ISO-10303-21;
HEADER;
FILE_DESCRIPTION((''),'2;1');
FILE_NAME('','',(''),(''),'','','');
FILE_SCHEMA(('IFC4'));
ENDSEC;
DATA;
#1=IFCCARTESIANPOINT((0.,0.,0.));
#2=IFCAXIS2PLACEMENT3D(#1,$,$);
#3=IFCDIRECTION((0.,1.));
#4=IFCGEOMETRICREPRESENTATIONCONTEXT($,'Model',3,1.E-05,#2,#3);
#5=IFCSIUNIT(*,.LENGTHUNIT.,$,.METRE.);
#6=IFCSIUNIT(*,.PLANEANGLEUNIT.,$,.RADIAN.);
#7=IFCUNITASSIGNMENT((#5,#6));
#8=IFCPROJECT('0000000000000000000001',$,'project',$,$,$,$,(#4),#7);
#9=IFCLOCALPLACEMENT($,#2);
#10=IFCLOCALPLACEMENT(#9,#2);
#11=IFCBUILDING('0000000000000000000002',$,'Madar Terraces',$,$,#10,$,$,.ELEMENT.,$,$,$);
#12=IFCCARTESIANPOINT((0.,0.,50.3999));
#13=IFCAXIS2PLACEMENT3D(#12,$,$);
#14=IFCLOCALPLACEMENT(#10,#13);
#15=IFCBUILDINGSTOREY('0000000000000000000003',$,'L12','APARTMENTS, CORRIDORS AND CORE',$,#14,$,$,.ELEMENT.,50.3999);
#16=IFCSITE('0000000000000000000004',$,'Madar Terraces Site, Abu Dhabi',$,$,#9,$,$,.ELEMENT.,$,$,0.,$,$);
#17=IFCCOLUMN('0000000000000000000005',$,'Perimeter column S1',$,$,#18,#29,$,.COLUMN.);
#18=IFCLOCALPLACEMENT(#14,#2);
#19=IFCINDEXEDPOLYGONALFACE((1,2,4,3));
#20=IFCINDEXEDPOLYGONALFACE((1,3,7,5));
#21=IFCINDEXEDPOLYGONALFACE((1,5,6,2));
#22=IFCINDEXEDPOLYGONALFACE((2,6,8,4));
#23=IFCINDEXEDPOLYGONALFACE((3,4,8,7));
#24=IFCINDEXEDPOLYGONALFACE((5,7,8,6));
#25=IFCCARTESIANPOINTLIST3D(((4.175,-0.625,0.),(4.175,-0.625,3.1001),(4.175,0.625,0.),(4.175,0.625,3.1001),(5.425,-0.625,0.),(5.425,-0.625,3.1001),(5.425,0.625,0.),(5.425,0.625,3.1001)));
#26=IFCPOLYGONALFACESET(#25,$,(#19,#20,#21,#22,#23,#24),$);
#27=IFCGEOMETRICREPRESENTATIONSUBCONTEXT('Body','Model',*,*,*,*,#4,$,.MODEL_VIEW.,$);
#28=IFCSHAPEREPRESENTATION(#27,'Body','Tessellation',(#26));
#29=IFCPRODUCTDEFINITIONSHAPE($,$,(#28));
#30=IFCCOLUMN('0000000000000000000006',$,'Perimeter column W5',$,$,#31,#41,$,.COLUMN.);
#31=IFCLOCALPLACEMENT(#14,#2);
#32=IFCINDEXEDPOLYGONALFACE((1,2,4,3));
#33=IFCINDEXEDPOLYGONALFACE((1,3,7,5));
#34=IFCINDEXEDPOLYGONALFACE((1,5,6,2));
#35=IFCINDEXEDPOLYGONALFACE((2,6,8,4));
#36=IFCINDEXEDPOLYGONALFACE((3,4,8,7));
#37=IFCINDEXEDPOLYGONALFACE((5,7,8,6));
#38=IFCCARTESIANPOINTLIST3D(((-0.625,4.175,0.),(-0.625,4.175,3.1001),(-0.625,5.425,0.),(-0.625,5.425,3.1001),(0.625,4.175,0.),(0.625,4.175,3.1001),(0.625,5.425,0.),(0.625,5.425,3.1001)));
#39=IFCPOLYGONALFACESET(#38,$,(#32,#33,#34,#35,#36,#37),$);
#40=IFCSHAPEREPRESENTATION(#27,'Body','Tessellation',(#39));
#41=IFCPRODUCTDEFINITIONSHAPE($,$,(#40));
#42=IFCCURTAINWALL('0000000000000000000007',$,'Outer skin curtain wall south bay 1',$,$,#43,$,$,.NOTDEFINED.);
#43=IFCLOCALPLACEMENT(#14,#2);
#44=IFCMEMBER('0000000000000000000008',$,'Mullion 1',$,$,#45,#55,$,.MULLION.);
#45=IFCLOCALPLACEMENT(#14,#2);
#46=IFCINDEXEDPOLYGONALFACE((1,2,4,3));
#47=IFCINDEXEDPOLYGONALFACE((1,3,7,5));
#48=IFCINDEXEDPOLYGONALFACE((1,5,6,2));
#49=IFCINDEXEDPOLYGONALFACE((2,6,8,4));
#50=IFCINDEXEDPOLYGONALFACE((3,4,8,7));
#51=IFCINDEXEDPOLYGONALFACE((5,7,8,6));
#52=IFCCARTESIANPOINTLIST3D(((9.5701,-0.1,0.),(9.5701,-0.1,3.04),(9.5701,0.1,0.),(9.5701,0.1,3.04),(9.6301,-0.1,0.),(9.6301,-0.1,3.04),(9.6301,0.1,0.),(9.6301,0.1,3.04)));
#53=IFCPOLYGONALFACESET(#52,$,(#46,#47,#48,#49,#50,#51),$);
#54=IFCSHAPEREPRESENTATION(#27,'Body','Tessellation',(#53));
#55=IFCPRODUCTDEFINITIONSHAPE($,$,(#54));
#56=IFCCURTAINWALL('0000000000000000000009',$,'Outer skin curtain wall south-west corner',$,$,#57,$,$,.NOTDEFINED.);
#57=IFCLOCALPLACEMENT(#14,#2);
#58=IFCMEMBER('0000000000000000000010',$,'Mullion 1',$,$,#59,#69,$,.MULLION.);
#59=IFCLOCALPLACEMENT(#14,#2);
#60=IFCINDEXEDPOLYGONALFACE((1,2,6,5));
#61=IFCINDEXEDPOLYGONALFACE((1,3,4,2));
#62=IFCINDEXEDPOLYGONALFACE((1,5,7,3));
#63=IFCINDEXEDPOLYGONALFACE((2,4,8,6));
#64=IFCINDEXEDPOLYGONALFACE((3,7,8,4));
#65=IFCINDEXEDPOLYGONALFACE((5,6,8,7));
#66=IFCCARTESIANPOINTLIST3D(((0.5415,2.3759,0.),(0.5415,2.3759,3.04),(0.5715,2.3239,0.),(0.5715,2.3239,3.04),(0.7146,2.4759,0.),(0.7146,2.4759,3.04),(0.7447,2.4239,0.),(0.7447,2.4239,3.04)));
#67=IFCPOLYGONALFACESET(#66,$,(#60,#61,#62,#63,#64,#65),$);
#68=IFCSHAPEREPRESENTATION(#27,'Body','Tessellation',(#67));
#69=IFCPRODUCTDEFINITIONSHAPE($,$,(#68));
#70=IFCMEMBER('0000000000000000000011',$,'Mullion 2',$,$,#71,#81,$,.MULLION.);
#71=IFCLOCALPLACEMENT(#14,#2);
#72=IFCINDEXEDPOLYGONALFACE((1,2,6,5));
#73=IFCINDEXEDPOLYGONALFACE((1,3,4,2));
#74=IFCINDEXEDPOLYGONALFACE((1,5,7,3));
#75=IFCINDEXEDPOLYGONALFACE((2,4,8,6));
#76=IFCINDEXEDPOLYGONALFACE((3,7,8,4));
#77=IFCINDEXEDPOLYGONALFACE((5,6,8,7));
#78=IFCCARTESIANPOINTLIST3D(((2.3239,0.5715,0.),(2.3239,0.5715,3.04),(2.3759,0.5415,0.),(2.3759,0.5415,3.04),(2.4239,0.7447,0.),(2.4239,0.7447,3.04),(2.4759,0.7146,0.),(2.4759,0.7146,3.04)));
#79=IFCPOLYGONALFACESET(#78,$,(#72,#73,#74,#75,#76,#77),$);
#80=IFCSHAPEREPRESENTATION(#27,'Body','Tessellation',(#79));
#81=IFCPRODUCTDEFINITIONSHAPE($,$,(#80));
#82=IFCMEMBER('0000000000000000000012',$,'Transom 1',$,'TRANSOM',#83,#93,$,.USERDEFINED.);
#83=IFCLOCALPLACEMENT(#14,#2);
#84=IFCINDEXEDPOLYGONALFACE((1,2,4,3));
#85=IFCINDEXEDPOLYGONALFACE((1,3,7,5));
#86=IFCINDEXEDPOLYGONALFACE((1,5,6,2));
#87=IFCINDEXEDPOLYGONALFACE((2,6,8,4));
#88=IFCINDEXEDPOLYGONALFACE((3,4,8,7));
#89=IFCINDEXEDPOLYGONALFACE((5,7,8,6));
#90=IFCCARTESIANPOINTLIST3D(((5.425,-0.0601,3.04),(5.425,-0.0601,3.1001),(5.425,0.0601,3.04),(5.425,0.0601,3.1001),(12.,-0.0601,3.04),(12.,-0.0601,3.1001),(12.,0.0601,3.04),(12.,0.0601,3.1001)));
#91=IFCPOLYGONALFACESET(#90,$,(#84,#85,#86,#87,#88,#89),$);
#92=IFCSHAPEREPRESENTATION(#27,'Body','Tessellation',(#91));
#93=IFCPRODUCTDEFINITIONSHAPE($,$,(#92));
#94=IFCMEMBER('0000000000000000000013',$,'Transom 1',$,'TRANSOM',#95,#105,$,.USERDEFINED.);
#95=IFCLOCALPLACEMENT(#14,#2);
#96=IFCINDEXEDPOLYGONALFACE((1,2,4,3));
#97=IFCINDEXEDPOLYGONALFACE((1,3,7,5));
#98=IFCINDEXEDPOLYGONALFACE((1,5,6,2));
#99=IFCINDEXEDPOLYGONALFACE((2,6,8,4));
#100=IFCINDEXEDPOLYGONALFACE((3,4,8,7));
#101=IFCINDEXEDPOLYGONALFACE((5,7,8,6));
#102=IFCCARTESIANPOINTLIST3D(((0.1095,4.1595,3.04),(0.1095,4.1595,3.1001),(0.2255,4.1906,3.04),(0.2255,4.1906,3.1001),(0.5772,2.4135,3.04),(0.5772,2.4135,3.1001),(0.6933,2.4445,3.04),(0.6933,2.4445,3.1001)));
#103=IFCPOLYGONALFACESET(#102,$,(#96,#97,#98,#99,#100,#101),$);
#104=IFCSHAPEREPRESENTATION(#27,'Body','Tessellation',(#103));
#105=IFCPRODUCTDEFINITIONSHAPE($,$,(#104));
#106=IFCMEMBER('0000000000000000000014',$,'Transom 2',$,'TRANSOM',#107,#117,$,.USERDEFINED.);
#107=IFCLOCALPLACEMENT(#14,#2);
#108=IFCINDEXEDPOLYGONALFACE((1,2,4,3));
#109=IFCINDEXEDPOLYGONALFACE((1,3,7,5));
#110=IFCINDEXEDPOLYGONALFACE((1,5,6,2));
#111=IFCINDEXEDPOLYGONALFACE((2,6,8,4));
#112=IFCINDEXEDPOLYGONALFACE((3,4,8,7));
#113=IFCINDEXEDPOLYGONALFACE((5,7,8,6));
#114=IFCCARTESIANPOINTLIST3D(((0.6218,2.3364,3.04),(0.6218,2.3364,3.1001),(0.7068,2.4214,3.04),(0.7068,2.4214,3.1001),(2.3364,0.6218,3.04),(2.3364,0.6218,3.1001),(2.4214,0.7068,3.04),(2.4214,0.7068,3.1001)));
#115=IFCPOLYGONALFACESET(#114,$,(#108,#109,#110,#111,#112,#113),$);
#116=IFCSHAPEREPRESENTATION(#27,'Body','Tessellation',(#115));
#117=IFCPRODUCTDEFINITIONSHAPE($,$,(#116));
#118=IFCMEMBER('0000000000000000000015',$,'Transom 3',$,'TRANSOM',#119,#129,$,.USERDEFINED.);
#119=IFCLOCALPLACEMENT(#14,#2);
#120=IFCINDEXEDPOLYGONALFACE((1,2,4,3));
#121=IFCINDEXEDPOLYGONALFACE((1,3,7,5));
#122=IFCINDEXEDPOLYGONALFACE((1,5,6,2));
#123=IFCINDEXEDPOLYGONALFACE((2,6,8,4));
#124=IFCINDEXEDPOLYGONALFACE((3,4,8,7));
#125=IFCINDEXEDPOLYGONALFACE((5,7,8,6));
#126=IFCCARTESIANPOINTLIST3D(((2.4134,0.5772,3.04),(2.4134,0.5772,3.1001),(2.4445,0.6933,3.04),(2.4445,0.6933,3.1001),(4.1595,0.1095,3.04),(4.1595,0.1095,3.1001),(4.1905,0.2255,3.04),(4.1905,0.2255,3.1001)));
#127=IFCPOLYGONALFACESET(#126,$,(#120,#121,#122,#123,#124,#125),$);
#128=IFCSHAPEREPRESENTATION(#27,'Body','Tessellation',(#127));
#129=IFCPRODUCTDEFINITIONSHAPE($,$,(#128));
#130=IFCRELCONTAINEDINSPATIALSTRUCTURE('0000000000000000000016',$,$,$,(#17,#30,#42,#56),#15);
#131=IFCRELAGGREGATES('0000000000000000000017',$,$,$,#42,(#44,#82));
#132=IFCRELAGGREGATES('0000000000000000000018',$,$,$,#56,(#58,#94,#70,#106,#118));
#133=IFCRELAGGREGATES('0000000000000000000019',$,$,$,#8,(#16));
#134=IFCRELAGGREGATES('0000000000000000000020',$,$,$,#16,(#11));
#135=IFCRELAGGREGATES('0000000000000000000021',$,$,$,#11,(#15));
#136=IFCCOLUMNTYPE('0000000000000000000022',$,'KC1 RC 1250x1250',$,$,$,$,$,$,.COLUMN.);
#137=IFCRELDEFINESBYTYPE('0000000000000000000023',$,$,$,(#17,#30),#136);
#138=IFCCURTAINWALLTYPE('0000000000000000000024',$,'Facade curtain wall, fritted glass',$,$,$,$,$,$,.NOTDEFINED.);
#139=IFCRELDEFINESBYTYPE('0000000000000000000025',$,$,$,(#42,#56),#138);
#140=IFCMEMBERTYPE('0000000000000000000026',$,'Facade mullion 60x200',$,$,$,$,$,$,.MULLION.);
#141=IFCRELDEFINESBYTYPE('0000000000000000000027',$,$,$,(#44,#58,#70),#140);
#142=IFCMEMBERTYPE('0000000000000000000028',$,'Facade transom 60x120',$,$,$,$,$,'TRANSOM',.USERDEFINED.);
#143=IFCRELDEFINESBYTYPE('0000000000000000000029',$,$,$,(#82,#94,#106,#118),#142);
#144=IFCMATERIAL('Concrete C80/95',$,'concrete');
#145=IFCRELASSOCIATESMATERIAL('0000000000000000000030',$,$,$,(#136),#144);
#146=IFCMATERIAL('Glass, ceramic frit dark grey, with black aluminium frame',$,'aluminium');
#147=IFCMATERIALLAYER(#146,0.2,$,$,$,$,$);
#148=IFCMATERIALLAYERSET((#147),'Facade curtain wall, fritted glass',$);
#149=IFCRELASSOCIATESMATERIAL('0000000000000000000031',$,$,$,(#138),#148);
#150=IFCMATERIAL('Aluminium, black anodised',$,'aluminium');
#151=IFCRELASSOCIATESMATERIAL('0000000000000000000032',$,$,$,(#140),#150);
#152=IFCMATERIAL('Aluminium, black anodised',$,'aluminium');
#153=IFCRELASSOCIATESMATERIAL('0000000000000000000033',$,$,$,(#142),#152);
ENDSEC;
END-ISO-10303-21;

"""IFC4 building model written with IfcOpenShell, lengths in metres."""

from ifc_helpers import new_model, si_unit, direction, frame, origin, origin_2d, place, context, subcontext, project, spatial, rectangle, extrude, material, layer, layer_set, material_profile, profile_set, type_object, element, aggregate, save


model = new_model("IFC4")

# Units and contexts
model_context = context("Model", 3, precision=1e-05, world=origin(), true_north=direction((0.0, 1.0)))
body_context = subcontext(model_context, "Body", "Model", "MODEL_VIEW")
ifc_project = project(units=[si_unit("LENGTHUNIT", "METRE"), si_unit("PLANEANGLEUNIT", "RADIAN")], contexts=[model_context])

# Site, building, storey
site_placement = place(None, origin())
site = spatial("IfcSite", under=ifc_project, at=site_placement, Name="Madar Terraces Site, Abu Dhabi", CompositionType="ELEMENT", RefElevation=0.0)
building_placement = place(site_placement, origin())
building = spatial("IfcBuilding", under=site, at=building_placement, Name="Madar Terraces", CompositionType="ELEMENT")
storey_placement = place(building_placement, frame((0.0, 0.0, 50.3999)))
storey = spatial("IfcBuildingStorey", under=building, at=storey_placement, Name="L12", Description="APARTMENTS, CORRIDORS AND CORE", CompositionType="ELEMENT", Elevation=50.3999)

# Columns
ifc_material_1 = material(Name="Concrete C80/95", Category="concrete")
ifc_material_profile_1 = material_profile(ifc_material_1, rectangle(XDim=1.25, YDim=1.25, at=origin_2d()), Name="KC1 RC 1250x1250")
ifc_profile_set_1 = profile_set([ifc_material_profile_1], Name="Concrete C80/95")
column_type = type_object("IfcColumnType", Name="KC1 RC 1250x1250", PredefinedType="COLUMN", material=ifc_profile_set_1)
for number, where, z_axis, x_axis, name in (
    (1, (4.8, 0.0, 0.0), (0.0, 0.0, 1.0), (1.0, 0.0, 0.0), "Perimeter column S1"),
    (2, (0.0, 4.8, 0.0), (0.0, 0.0, 1.0), (1.0, 0.0, 0.0), "Perimeter column W5"),
):
    element("IfcColumn", number, at=place(storey_placement, frame(where, z_axis=z_axis, x_axis=x_axis)), inside=storey, type_object=column_type, Name=name, PredefinedType="COLUMN", context=body_context, shape_type="SweptSolid", body=[
        extrude(rectangle(XDim=1.25, YDim=1.25, at=origin_2d()), origin(), (0.0, 0.0, 1.0), 3.1001),
    ])

# Curtain wall, member
ifc_material_2 = material(Name="Glass, ceramic frit dark grey, with black aluminium frame", Category="aluminium")
ifc_layer_1 = layer(ifc_material_2, 0.2)
ifc_layer_set_1 = layer_set([ifc_layer_1], Name="Facade curtain wall, fritted glass")
curtain_wall_type = type_object("IfcCurtainWallType", Name="Facade curtain wall, fritted glass", PredefinedType="NOTDEFINED", material=ifc_layer_set_1)
curtain_wall_1_placement = place(storey_placement, origin())
curtain_wall_1 = element("IfcCurtainWall", 3, at=curtain_wall_1_placement, inside=storey, type_object=curtain_wall_type, Name="Outer skin curtain wall south bay 1", PredefinedType="NOTDEFINED")
ifc_material_3 = material(Name="Aluminium, black anodised", Category="aluminium")
ifc_material_profile_2 = material_profile(ifc_material_3, rectangle(XDim=0.2, YDim=0.0601, at=origin_2d()), Name="Facade mullion 60x200")
ifc_profile_set_2 = profile_set([ifc_material_profile_2], Name="Aluminium, black anodised")
member_type_1 = type_object("IfcMemberType", Name="Facade mullion 60x200", PredefinedType="MULLION", material=ifc_profile_set_2)
member_1_placement = place(storey_placement, frame((9.6001, 0.0, 0.0), z_axis=(0.0, 0.0, 1.0), x_axis=(0.0, 1.0, 0.0)))
member_1 = element("IfcMember", 4, at=member_1_placement, type_object=member_type_1, Name="Mullion 1", PredefinedType="MULLION", context=body_context, shape_type="SweptSolid", body=[
    extrude(rectangle(XDim=0.2, YDim=0.0601, at=origin_2d()), origin(), (0.0, 0.0, 1.0), 3.04),
])

# Curtain wall, members
curtain_wall_2_placement = place(storey_placement, origin())
curtain_wall_2 = element("IfcCurtainWall", 5, at=curtain_wall_2_placement, inside=storey, type_object=curtain_wall_type, Name="Outer skin curtain wall south-west corner", PredefinedType="NOTDEFINED")
member_2_placement = place(storey_placement, frame((0.6431, 2.3999, 0.0), z_axis=(0.0, 0.0, 1.0), x_axis=(0.866025, 0.5, 0.0)))
member_2 = element("IfcMember", 6, at=member_2_placement, type_object=member_type_1, Name="Mullion 1", PredefinedType="MULLION", context=body_context, shape_type="SweptSolid", body=[
    extrude(rectangle(XDim=0.2, YDim=0.0601, at=origin_2d()), origin(), (0.0, 0.0, 1.0), 3.04),
])
member_3_placement = place(storey_placement, frame((2.3999, 0.6431, 0.0), z_axis=(0.0, 0.0, 1.0), x_axis=(0.5, 0.866025, 0.0)))
member_3 = element("IfcMember", 7, at=member_3_placement, type_object=member_type_1, Name="Mullion 2", PredefinedType="MULLION", context=body_context, shape_type="SweptSolid", body=[
    extrude(rectangle(XDim=0.2, YDim=0.0601, at=origin_2d()), origin(), (0.0, 0.0, 1.0), 3.04),
])

# Members
ifc_material_4 = material(Name="Aluminium, black anodised", Category="aluminium")
ifc_material_profile_3 = material_profile(ifc_material_4, rectangle(XDim=0.1201, YDim=0.0601, at=origin_2d()), Name="Facade transom 60x120")
ifc_profile_set_3 = profile_set([ifc_material_profile_3], Name="Aluminium, black anodised")
member_type_2 = type_object("IfcMemberType", Name="Facade transom 60x120", ElementType="TRANSOM", PredefinedType="USERDEFINED", material=ifc_profile_set_3)
member_4_placement = place(storey_placement, frame((5.425, 0.0, 3.0701), z_axis=(1.0, 0.0, 0.0), x_axis=(0.0, 1.0, 0.0)))
member_4 = element("IfcMember", 8, at=member_4_placement, type_object=member_type_2, Name="Transom 1", ObjectType="TRANSOM", PredefinedType="USERDEFINED", context=body_context, shape_type="SweptSolid", body=[
    extrude(rectangle(XDim=0.1201, YDim=0.0601, at=origin_2d()), origin(), (0.0, 0.0, 1.0), 6.575),
])
member_5_placement = place(storey_placement, frame((0.1675, 4.175, 3.0701), z_axis=(0.258772, -0.965938, 0.0), x_axis=(0.965938, 0.258772, 0.0)))
member_5 = element("IfcMember", 9, at=member_5_placement, type_object=member_type_2, Name="Transom 1", ObjectType="TRANSOM", PredefinedType="USERDEFINED", context=body_context, shape_type="SweptSolid", body=[
    extrude(rectangle(XDim=0.1201, YDim=0.0601, at=origin_2d()), origin(), (0.0, 0.0, 1.0), 1.8076),
])
member_6_placement = place(storey_placement, frame((0.6643, 2.3789, 3.0701), z_axis=(0.707107, -0.707107, 0.0), x_axis=(0.707107, 0.707107, 0.0)))
member_6 = element("IfcMember", 10, at=member_6_placement, type_object=member_type_2, Name="Transom 2", ObjectType="TRANSOM", PredefinedType="USERDEFINED", context=body_context, shape_type="SweptSolid", body=[
    extrude(rectangle(XDim=0.1201, YDim=0.0601, at=origin_2d()), origin(), (0.0, 0.0, 1.0), 2.4248),
])
member_7_placement = place(storey_placement, frame((2.429, 0.6353, 3.0701), z_axis=(0.965938, -0.258772, 0.0), x_axis=(0.258772, 0.965938, 0.0)))
member_7 = element("IfcMember", 11, at=member_7_placement, type_object=member_type_2, Name="Transom 3", ObjectType="TRANSOM", PredefinedType="USERDEFINED", context=body_context, shape_type="SweptSolid", body=[
    extrude(rectangle(XDim=0.1201, YDim=0.0601, at=origin_2d()), origin(), (0.0, 0.0, 1.0), 1.8076),
])

aggregate(curtain_wall_1, [member_1, member_4])
aggregate(curtain_wall_2, [member_2, member_5, member_3, member_6, member_7])

save(model, "model.ifc")
